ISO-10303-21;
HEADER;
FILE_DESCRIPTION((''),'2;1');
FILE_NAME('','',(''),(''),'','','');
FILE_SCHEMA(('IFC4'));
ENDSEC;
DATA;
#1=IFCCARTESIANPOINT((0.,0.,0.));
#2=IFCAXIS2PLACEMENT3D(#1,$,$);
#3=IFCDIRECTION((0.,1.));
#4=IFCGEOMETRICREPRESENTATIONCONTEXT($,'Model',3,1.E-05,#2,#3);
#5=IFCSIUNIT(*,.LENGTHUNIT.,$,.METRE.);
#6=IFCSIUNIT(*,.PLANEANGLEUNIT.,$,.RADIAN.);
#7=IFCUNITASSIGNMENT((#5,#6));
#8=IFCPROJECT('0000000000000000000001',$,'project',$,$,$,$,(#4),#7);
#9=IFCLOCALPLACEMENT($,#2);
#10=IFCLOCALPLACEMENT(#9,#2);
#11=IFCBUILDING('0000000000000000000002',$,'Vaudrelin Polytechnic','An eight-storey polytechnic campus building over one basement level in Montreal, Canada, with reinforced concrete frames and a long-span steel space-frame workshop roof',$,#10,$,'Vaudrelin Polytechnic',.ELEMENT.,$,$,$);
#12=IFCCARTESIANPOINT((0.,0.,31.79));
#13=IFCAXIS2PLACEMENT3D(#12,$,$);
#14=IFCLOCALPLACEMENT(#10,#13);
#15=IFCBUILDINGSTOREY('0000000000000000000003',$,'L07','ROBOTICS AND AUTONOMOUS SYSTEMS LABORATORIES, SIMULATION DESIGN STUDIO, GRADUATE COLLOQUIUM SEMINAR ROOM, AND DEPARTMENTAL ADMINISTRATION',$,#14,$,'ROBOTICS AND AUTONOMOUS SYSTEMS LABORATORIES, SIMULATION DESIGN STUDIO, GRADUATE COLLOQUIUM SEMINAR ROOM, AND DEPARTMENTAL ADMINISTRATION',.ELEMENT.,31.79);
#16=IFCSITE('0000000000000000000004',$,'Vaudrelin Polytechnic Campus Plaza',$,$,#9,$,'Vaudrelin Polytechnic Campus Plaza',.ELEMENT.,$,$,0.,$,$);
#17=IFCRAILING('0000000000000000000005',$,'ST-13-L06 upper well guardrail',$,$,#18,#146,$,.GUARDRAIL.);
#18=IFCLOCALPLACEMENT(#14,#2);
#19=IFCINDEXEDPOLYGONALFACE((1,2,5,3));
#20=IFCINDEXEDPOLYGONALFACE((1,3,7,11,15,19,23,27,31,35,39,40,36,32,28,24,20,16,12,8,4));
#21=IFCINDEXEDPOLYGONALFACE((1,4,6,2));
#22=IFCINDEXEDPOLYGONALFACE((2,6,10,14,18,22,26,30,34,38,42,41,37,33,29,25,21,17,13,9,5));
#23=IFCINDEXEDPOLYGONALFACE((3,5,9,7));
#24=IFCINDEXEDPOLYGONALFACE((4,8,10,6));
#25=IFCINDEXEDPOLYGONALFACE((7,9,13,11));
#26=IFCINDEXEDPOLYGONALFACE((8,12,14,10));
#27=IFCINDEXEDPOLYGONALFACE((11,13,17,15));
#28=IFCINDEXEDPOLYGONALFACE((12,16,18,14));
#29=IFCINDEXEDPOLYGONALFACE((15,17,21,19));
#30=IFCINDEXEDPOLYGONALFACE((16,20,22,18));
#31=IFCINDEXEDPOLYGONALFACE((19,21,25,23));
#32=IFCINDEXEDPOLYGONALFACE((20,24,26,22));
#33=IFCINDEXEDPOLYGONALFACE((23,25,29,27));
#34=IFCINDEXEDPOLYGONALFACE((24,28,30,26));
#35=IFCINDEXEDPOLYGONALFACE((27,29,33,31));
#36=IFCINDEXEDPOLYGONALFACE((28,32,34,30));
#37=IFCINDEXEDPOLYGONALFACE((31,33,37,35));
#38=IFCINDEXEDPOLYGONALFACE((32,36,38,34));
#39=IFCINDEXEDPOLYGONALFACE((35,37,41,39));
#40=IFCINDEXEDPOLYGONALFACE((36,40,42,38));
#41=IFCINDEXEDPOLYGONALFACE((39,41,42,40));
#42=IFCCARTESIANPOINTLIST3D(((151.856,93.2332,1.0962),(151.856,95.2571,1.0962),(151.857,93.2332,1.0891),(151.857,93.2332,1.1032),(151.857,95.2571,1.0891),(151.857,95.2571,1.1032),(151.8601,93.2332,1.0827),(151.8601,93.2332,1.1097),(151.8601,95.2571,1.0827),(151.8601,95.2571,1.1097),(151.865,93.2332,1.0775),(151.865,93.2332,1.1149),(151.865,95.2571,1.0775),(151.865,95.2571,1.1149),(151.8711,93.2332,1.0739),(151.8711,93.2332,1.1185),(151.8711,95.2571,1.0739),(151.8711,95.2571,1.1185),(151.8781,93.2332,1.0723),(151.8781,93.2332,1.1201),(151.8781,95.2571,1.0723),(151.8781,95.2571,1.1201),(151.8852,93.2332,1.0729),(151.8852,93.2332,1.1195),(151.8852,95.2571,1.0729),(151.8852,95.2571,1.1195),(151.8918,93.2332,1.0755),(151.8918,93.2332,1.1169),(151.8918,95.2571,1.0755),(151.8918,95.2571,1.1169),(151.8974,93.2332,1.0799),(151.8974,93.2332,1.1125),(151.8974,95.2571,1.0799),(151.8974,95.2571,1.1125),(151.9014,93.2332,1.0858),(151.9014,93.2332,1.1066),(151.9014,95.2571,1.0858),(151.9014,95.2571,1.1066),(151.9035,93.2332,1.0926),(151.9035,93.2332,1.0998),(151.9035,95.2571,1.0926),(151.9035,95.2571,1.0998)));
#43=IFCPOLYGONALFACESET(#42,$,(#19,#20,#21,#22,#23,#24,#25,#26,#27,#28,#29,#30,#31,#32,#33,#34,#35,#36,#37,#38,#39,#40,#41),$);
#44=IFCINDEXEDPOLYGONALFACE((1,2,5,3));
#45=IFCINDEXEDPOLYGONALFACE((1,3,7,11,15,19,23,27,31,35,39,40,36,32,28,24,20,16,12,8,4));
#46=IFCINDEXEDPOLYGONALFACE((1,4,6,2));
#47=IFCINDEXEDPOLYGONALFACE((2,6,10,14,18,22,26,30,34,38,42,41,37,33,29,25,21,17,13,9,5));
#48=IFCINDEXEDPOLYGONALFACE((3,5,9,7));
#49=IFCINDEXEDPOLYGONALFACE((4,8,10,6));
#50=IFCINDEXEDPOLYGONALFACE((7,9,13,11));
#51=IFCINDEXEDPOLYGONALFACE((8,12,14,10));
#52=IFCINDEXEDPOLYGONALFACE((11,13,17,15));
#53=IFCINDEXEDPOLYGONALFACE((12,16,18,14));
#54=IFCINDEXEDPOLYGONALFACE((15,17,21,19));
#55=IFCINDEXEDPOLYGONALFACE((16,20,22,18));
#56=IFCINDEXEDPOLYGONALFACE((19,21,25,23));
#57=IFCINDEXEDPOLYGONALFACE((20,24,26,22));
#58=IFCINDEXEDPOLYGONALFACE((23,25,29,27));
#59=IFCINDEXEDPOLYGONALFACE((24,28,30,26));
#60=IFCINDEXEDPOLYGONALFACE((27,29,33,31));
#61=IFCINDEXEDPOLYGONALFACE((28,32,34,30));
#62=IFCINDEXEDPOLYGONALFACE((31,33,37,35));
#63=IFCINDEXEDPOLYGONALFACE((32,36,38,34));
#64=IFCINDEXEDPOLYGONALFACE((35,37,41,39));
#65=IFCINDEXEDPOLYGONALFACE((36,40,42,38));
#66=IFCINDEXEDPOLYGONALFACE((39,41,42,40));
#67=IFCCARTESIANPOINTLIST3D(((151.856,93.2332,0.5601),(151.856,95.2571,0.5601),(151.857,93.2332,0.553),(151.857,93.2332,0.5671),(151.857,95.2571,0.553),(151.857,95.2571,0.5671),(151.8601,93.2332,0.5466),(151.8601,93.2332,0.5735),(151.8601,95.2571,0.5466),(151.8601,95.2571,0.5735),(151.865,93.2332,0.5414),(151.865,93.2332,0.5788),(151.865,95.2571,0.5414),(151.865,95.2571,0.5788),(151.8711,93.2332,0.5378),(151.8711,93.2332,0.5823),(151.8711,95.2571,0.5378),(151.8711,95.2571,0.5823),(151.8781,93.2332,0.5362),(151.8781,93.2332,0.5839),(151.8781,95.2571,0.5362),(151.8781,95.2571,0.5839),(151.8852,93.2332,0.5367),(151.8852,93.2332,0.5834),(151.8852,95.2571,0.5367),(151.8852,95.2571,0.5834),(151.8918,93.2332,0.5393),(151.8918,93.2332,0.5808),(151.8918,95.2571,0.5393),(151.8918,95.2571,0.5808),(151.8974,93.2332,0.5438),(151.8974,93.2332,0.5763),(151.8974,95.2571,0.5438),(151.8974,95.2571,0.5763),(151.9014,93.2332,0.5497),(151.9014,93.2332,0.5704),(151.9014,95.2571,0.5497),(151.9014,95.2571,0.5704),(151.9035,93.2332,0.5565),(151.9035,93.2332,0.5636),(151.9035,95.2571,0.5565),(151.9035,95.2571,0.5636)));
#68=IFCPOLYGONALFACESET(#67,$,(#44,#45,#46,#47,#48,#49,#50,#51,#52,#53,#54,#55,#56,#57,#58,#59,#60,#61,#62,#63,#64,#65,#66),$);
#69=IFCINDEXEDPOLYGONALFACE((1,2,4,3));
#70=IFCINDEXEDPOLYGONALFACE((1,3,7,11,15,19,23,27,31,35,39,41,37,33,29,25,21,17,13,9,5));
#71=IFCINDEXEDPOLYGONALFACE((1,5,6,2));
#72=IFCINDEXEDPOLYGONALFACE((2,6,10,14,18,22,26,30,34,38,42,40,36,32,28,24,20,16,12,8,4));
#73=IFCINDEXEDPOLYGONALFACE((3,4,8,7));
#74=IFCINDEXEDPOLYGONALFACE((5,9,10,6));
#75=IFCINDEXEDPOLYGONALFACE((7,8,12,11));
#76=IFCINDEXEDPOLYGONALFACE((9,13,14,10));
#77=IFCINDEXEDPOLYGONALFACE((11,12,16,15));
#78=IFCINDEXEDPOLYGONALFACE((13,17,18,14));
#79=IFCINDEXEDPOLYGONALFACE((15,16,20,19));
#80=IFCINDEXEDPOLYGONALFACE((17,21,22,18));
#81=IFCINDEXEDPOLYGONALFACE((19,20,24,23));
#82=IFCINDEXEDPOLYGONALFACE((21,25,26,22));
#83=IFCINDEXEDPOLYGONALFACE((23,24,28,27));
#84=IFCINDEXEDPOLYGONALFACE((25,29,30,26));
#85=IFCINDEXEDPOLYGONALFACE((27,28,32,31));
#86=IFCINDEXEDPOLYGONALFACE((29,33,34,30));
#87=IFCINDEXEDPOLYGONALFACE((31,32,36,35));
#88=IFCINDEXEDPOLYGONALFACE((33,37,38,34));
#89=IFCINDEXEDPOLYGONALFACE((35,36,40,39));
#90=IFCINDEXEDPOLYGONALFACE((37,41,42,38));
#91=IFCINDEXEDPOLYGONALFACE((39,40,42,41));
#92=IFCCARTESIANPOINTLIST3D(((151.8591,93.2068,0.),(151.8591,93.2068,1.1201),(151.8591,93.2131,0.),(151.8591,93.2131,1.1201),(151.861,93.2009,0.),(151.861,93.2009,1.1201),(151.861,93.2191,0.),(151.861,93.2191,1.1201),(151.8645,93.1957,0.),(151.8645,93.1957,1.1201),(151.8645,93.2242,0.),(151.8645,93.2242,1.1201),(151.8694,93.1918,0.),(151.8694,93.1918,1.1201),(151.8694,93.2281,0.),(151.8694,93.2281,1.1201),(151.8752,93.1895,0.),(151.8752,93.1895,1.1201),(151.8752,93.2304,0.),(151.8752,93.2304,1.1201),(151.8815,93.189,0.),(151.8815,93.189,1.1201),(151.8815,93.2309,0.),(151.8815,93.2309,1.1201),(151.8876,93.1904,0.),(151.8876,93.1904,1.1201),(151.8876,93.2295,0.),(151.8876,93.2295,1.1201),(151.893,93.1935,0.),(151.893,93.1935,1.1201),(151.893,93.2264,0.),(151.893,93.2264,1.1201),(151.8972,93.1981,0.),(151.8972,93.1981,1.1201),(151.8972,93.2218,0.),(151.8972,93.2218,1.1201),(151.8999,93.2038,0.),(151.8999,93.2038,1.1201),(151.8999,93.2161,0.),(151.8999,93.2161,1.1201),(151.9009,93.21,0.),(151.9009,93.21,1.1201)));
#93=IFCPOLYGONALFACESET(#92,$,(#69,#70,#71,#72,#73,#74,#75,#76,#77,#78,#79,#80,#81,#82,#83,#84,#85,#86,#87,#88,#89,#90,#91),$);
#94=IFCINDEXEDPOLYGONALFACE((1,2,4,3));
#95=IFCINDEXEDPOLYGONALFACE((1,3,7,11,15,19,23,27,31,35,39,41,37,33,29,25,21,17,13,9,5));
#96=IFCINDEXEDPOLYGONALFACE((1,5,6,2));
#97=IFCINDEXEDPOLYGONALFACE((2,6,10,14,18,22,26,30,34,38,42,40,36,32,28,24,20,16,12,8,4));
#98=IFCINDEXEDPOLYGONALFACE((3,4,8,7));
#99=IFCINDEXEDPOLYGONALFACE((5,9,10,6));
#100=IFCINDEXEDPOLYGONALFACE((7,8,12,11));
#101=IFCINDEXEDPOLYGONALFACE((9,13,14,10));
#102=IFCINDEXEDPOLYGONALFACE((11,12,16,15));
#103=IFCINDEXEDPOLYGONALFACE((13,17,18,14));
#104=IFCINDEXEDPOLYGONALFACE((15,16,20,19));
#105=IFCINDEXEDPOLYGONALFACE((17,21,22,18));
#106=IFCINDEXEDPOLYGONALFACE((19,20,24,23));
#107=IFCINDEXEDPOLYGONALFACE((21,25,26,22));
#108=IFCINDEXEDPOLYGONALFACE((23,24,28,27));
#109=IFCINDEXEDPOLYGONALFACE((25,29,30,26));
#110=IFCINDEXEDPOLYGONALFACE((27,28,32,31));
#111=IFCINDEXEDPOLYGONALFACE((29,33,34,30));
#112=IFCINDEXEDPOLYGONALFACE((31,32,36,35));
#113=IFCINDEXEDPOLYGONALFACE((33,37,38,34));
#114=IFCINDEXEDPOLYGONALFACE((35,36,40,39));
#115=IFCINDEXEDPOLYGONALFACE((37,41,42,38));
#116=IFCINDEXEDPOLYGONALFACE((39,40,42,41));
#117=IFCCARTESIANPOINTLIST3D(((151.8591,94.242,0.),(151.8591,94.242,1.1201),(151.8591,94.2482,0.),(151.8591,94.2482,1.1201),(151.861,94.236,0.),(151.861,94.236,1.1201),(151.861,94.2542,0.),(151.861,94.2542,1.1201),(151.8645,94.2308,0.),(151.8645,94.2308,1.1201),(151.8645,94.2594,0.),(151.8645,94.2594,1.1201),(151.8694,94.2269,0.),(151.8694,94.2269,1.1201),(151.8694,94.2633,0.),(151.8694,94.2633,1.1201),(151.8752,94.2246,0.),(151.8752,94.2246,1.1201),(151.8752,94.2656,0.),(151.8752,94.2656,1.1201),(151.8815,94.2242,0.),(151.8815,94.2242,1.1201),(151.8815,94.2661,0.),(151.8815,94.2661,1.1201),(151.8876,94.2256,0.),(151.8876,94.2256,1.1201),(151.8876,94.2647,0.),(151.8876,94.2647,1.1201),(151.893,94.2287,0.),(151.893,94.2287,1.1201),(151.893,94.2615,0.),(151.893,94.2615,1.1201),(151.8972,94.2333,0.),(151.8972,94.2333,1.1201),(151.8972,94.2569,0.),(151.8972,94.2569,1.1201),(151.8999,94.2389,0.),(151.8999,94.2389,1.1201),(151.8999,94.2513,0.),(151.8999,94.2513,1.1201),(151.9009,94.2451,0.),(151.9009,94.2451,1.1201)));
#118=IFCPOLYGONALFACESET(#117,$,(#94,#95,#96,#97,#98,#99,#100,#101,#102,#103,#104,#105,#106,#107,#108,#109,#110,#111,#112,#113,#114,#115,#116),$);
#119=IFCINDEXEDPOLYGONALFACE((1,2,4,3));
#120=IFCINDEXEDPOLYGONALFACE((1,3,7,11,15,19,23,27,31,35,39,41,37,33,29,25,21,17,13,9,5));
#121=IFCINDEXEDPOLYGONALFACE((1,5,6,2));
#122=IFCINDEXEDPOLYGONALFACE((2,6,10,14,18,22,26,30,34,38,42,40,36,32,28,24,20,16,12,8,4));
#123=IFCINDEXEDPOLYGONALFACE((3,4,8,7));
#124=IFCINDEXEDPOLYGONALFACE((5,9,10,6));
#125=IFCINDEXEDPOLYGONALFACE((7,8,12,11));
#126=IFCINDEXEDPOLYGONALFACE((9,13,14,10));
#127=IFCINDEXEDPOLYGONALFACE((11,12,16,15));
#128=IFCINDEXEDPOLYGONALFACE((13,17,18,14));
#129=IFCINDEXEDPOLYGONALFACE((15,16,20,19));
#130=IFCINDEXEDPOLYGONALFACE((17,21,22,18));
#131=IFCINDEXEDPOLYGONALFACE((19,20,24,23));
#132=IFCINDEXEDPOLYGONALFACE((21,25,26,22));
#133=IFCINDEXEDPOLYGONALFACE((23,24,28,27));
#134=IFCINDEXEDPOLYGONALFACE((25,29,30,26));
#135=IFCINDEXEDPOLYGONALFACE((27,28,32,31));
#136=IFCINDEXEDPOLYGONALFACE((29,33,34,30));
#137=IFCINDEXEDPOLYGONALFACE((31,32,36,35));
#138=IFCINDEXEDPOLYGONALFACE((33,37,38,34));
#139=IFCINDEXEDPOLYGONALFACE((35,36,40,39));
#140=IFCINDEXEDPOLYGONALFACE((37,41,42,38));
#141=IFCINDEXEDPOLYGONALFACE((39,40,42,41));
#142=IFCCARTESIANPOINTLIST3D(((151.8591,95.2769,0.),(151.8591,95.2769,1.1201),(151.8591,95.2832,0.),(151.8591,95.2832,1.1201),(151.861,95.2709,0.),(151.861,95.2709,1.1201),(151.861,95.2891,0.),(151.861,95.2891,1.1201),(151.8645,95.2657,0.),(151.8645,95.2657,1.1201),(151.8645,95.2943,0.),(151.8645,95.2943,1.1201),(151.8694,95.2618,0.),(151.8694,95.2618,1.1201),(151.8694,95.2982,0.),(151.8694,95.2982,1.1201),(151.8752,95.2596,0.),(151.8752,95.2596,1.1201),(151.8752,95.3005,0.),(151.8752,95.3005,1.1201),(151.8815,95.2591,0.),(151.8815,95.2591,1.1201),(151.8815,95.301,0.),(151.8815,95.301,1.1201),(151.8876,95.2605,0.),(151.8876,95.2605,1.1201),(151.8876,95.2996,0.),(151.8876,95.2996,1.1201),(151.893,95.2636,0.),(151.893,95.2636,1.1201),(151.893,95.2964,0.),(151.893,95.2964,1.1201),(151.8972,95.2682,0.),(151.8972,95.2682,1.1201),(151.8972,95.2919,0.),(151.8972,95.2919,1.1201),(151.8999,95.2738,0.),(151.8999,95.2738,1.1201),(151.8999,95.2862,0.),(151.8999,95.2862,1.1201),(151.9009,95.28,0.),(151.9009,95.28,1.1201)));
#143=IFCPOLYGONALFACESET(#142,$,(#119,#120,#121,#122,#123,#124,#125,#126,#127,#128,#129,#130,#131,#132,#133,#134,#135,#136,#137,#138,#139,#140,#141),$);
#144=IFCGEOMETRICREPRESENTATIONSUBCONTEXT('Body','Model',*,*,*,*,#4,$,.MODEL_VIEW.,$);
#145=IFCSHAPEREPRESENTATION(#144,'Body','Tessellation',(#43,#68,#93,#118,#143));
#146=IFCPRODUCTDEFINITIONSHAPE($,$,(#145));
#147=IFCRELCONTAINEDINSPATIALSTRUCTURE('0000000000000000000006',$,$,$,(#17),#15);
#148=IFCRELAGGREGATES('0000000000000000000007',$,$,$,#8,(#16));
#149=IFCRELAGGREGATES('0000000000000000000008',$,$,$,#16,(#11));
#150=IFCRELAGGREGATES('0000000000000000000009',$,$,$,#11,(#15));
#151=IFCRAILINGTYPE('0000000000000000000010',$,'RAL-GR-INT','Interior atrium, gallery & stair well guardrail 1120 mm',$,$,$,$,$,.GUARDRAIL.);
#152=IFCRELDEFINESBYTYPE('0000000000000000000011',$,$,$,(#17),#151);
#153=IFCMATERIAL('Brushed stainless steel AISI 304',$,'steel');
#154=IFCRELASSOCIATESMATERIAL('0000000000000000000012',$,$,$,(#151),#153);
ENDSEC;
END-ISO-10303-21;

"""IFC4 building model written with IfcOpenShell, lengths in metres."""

from ifc_helpers import new_model, si_unit, direction, frame, origin, origin_2d, place, context, subcontext, project, spatial, circle, extrude, material, type_object, element, save


model = new_model("IFC4")

# Units and contexts
model_context = context("Model", 3, precision=1e-05, world=origin(), true_north=direction((0.0, 1.0)))
body_context = subcontext(model_context, "Body", "Model", "MODEL_VIEW")
ifc_project = project(units=[si_unit("LENGTHUNIT", "METRE"), si_unit("PLANEANGLEUNIT", "RADIAN")], contexts=[model_context])

# Site, building, storey
site_placement = place(None, origin())
site = spatial("IfcSite", under=ifc_project, at=site_placement, Name="Vaudrelin Polytechnic Campus Plaza", LongName="Vaudrelin Polytechnic Campus Plaza", CompositionType="ELEMENT", RefElevation=0.0)
building_placement = place(site_placement, origin())
building = spatial("IfcBuilding", under=site, at=building_placement, Name="Vaudrelin Polytechnic", Description="An eight-storey polytechnic campus building over one basement level in Montreal, Canada, with reinforced concrete frames and a long-span steel space-frame workshop roof", LongName="Vaudrelin Polytechnic", CompositionType="ELEMENT")
storey_placement = place(building_placement, frame((0.0, 0.0, 31.79)))
storey = spatial("IfcBuildingStorey", under=building, at=storey_placement, Name="L07", Description="ROBOTICS AND AUTONOMOUS SYSTEMS LABORATORIES, SIMULATION DESIGN STUDIO, GRADUATE COLLOQUIUM SEMINAR ROOM, AND DEPARTMENTAL ADMINISTRATION", LongName="ROBOTICS AND AUTONOMOUS SYSTEMS LABORATORIES, SIMULATION DESIGN STUDIO, GRADUATE COLLOQUIUM SEMINAR ROOM, AND DEPARTMENTAL ADMINISTRATION", CompositionType="ELEMENT", Elevation=31.79)

# Shared definitions
ifc_material_1 = material(Name="Brushed stainless steel AISI 304", Category="steel")

# Railing
railing_type = type_object("IfcRailingType", Name="RAL-GR-INT", Description="Interior atrium, gallery & stair well guardrail 1120 mm", PredefinedType="GUARDRAIL", material=ifc_material_1)
railing_1_placement = place(storey_placement, frame((151.8799, 93.21, 0.0)))
element("IfcRailing", 1, at=railing_1_placement, inside=storey, type_object=railing_type, Name="ST-13-L06 upper well guardrail", PredefinedType="GUARDRAIL", context=body_context, shape_type="SweptSolid", body=[
    extrude(circle(Radius=0.0239, at=origin_2d()), frame((0.0, 0.0232, 1.0962), z_axis=(0.0, 1.0, 0.0), x_axis=(-1.0, 0.0, 0.0)), (0.0, 0.0, 1.0), 2.0239),
    extrude(circle(Radius=0.0239, at=origin_2d()), frame((0.0, 0.0232, 0.5601), z_axis=(0.0, 1.0, 0.0), x_axis=(-1.0, 0.0, 0.0)), (0.0, 0.0, 1.0), 2.0239),
    extrude(circle(Radius=0.021, at=origin_2d()), origin(), (0.0, 0.0, 1.0), 1.1201),
    extrude(circle(Radius=0.021, at=origin_2d()), frame((0.0, 1.0352, 0.0)), (0.0, 0.0, 1.0), 1.1201),
    extrude(circle(Radius=0.021, at=origin_2d()), frame((0.0, 2.0701, 0.0)), (0.0, 0.0, 1.0), 1.1201),
])

save(model, "model.ifc")
